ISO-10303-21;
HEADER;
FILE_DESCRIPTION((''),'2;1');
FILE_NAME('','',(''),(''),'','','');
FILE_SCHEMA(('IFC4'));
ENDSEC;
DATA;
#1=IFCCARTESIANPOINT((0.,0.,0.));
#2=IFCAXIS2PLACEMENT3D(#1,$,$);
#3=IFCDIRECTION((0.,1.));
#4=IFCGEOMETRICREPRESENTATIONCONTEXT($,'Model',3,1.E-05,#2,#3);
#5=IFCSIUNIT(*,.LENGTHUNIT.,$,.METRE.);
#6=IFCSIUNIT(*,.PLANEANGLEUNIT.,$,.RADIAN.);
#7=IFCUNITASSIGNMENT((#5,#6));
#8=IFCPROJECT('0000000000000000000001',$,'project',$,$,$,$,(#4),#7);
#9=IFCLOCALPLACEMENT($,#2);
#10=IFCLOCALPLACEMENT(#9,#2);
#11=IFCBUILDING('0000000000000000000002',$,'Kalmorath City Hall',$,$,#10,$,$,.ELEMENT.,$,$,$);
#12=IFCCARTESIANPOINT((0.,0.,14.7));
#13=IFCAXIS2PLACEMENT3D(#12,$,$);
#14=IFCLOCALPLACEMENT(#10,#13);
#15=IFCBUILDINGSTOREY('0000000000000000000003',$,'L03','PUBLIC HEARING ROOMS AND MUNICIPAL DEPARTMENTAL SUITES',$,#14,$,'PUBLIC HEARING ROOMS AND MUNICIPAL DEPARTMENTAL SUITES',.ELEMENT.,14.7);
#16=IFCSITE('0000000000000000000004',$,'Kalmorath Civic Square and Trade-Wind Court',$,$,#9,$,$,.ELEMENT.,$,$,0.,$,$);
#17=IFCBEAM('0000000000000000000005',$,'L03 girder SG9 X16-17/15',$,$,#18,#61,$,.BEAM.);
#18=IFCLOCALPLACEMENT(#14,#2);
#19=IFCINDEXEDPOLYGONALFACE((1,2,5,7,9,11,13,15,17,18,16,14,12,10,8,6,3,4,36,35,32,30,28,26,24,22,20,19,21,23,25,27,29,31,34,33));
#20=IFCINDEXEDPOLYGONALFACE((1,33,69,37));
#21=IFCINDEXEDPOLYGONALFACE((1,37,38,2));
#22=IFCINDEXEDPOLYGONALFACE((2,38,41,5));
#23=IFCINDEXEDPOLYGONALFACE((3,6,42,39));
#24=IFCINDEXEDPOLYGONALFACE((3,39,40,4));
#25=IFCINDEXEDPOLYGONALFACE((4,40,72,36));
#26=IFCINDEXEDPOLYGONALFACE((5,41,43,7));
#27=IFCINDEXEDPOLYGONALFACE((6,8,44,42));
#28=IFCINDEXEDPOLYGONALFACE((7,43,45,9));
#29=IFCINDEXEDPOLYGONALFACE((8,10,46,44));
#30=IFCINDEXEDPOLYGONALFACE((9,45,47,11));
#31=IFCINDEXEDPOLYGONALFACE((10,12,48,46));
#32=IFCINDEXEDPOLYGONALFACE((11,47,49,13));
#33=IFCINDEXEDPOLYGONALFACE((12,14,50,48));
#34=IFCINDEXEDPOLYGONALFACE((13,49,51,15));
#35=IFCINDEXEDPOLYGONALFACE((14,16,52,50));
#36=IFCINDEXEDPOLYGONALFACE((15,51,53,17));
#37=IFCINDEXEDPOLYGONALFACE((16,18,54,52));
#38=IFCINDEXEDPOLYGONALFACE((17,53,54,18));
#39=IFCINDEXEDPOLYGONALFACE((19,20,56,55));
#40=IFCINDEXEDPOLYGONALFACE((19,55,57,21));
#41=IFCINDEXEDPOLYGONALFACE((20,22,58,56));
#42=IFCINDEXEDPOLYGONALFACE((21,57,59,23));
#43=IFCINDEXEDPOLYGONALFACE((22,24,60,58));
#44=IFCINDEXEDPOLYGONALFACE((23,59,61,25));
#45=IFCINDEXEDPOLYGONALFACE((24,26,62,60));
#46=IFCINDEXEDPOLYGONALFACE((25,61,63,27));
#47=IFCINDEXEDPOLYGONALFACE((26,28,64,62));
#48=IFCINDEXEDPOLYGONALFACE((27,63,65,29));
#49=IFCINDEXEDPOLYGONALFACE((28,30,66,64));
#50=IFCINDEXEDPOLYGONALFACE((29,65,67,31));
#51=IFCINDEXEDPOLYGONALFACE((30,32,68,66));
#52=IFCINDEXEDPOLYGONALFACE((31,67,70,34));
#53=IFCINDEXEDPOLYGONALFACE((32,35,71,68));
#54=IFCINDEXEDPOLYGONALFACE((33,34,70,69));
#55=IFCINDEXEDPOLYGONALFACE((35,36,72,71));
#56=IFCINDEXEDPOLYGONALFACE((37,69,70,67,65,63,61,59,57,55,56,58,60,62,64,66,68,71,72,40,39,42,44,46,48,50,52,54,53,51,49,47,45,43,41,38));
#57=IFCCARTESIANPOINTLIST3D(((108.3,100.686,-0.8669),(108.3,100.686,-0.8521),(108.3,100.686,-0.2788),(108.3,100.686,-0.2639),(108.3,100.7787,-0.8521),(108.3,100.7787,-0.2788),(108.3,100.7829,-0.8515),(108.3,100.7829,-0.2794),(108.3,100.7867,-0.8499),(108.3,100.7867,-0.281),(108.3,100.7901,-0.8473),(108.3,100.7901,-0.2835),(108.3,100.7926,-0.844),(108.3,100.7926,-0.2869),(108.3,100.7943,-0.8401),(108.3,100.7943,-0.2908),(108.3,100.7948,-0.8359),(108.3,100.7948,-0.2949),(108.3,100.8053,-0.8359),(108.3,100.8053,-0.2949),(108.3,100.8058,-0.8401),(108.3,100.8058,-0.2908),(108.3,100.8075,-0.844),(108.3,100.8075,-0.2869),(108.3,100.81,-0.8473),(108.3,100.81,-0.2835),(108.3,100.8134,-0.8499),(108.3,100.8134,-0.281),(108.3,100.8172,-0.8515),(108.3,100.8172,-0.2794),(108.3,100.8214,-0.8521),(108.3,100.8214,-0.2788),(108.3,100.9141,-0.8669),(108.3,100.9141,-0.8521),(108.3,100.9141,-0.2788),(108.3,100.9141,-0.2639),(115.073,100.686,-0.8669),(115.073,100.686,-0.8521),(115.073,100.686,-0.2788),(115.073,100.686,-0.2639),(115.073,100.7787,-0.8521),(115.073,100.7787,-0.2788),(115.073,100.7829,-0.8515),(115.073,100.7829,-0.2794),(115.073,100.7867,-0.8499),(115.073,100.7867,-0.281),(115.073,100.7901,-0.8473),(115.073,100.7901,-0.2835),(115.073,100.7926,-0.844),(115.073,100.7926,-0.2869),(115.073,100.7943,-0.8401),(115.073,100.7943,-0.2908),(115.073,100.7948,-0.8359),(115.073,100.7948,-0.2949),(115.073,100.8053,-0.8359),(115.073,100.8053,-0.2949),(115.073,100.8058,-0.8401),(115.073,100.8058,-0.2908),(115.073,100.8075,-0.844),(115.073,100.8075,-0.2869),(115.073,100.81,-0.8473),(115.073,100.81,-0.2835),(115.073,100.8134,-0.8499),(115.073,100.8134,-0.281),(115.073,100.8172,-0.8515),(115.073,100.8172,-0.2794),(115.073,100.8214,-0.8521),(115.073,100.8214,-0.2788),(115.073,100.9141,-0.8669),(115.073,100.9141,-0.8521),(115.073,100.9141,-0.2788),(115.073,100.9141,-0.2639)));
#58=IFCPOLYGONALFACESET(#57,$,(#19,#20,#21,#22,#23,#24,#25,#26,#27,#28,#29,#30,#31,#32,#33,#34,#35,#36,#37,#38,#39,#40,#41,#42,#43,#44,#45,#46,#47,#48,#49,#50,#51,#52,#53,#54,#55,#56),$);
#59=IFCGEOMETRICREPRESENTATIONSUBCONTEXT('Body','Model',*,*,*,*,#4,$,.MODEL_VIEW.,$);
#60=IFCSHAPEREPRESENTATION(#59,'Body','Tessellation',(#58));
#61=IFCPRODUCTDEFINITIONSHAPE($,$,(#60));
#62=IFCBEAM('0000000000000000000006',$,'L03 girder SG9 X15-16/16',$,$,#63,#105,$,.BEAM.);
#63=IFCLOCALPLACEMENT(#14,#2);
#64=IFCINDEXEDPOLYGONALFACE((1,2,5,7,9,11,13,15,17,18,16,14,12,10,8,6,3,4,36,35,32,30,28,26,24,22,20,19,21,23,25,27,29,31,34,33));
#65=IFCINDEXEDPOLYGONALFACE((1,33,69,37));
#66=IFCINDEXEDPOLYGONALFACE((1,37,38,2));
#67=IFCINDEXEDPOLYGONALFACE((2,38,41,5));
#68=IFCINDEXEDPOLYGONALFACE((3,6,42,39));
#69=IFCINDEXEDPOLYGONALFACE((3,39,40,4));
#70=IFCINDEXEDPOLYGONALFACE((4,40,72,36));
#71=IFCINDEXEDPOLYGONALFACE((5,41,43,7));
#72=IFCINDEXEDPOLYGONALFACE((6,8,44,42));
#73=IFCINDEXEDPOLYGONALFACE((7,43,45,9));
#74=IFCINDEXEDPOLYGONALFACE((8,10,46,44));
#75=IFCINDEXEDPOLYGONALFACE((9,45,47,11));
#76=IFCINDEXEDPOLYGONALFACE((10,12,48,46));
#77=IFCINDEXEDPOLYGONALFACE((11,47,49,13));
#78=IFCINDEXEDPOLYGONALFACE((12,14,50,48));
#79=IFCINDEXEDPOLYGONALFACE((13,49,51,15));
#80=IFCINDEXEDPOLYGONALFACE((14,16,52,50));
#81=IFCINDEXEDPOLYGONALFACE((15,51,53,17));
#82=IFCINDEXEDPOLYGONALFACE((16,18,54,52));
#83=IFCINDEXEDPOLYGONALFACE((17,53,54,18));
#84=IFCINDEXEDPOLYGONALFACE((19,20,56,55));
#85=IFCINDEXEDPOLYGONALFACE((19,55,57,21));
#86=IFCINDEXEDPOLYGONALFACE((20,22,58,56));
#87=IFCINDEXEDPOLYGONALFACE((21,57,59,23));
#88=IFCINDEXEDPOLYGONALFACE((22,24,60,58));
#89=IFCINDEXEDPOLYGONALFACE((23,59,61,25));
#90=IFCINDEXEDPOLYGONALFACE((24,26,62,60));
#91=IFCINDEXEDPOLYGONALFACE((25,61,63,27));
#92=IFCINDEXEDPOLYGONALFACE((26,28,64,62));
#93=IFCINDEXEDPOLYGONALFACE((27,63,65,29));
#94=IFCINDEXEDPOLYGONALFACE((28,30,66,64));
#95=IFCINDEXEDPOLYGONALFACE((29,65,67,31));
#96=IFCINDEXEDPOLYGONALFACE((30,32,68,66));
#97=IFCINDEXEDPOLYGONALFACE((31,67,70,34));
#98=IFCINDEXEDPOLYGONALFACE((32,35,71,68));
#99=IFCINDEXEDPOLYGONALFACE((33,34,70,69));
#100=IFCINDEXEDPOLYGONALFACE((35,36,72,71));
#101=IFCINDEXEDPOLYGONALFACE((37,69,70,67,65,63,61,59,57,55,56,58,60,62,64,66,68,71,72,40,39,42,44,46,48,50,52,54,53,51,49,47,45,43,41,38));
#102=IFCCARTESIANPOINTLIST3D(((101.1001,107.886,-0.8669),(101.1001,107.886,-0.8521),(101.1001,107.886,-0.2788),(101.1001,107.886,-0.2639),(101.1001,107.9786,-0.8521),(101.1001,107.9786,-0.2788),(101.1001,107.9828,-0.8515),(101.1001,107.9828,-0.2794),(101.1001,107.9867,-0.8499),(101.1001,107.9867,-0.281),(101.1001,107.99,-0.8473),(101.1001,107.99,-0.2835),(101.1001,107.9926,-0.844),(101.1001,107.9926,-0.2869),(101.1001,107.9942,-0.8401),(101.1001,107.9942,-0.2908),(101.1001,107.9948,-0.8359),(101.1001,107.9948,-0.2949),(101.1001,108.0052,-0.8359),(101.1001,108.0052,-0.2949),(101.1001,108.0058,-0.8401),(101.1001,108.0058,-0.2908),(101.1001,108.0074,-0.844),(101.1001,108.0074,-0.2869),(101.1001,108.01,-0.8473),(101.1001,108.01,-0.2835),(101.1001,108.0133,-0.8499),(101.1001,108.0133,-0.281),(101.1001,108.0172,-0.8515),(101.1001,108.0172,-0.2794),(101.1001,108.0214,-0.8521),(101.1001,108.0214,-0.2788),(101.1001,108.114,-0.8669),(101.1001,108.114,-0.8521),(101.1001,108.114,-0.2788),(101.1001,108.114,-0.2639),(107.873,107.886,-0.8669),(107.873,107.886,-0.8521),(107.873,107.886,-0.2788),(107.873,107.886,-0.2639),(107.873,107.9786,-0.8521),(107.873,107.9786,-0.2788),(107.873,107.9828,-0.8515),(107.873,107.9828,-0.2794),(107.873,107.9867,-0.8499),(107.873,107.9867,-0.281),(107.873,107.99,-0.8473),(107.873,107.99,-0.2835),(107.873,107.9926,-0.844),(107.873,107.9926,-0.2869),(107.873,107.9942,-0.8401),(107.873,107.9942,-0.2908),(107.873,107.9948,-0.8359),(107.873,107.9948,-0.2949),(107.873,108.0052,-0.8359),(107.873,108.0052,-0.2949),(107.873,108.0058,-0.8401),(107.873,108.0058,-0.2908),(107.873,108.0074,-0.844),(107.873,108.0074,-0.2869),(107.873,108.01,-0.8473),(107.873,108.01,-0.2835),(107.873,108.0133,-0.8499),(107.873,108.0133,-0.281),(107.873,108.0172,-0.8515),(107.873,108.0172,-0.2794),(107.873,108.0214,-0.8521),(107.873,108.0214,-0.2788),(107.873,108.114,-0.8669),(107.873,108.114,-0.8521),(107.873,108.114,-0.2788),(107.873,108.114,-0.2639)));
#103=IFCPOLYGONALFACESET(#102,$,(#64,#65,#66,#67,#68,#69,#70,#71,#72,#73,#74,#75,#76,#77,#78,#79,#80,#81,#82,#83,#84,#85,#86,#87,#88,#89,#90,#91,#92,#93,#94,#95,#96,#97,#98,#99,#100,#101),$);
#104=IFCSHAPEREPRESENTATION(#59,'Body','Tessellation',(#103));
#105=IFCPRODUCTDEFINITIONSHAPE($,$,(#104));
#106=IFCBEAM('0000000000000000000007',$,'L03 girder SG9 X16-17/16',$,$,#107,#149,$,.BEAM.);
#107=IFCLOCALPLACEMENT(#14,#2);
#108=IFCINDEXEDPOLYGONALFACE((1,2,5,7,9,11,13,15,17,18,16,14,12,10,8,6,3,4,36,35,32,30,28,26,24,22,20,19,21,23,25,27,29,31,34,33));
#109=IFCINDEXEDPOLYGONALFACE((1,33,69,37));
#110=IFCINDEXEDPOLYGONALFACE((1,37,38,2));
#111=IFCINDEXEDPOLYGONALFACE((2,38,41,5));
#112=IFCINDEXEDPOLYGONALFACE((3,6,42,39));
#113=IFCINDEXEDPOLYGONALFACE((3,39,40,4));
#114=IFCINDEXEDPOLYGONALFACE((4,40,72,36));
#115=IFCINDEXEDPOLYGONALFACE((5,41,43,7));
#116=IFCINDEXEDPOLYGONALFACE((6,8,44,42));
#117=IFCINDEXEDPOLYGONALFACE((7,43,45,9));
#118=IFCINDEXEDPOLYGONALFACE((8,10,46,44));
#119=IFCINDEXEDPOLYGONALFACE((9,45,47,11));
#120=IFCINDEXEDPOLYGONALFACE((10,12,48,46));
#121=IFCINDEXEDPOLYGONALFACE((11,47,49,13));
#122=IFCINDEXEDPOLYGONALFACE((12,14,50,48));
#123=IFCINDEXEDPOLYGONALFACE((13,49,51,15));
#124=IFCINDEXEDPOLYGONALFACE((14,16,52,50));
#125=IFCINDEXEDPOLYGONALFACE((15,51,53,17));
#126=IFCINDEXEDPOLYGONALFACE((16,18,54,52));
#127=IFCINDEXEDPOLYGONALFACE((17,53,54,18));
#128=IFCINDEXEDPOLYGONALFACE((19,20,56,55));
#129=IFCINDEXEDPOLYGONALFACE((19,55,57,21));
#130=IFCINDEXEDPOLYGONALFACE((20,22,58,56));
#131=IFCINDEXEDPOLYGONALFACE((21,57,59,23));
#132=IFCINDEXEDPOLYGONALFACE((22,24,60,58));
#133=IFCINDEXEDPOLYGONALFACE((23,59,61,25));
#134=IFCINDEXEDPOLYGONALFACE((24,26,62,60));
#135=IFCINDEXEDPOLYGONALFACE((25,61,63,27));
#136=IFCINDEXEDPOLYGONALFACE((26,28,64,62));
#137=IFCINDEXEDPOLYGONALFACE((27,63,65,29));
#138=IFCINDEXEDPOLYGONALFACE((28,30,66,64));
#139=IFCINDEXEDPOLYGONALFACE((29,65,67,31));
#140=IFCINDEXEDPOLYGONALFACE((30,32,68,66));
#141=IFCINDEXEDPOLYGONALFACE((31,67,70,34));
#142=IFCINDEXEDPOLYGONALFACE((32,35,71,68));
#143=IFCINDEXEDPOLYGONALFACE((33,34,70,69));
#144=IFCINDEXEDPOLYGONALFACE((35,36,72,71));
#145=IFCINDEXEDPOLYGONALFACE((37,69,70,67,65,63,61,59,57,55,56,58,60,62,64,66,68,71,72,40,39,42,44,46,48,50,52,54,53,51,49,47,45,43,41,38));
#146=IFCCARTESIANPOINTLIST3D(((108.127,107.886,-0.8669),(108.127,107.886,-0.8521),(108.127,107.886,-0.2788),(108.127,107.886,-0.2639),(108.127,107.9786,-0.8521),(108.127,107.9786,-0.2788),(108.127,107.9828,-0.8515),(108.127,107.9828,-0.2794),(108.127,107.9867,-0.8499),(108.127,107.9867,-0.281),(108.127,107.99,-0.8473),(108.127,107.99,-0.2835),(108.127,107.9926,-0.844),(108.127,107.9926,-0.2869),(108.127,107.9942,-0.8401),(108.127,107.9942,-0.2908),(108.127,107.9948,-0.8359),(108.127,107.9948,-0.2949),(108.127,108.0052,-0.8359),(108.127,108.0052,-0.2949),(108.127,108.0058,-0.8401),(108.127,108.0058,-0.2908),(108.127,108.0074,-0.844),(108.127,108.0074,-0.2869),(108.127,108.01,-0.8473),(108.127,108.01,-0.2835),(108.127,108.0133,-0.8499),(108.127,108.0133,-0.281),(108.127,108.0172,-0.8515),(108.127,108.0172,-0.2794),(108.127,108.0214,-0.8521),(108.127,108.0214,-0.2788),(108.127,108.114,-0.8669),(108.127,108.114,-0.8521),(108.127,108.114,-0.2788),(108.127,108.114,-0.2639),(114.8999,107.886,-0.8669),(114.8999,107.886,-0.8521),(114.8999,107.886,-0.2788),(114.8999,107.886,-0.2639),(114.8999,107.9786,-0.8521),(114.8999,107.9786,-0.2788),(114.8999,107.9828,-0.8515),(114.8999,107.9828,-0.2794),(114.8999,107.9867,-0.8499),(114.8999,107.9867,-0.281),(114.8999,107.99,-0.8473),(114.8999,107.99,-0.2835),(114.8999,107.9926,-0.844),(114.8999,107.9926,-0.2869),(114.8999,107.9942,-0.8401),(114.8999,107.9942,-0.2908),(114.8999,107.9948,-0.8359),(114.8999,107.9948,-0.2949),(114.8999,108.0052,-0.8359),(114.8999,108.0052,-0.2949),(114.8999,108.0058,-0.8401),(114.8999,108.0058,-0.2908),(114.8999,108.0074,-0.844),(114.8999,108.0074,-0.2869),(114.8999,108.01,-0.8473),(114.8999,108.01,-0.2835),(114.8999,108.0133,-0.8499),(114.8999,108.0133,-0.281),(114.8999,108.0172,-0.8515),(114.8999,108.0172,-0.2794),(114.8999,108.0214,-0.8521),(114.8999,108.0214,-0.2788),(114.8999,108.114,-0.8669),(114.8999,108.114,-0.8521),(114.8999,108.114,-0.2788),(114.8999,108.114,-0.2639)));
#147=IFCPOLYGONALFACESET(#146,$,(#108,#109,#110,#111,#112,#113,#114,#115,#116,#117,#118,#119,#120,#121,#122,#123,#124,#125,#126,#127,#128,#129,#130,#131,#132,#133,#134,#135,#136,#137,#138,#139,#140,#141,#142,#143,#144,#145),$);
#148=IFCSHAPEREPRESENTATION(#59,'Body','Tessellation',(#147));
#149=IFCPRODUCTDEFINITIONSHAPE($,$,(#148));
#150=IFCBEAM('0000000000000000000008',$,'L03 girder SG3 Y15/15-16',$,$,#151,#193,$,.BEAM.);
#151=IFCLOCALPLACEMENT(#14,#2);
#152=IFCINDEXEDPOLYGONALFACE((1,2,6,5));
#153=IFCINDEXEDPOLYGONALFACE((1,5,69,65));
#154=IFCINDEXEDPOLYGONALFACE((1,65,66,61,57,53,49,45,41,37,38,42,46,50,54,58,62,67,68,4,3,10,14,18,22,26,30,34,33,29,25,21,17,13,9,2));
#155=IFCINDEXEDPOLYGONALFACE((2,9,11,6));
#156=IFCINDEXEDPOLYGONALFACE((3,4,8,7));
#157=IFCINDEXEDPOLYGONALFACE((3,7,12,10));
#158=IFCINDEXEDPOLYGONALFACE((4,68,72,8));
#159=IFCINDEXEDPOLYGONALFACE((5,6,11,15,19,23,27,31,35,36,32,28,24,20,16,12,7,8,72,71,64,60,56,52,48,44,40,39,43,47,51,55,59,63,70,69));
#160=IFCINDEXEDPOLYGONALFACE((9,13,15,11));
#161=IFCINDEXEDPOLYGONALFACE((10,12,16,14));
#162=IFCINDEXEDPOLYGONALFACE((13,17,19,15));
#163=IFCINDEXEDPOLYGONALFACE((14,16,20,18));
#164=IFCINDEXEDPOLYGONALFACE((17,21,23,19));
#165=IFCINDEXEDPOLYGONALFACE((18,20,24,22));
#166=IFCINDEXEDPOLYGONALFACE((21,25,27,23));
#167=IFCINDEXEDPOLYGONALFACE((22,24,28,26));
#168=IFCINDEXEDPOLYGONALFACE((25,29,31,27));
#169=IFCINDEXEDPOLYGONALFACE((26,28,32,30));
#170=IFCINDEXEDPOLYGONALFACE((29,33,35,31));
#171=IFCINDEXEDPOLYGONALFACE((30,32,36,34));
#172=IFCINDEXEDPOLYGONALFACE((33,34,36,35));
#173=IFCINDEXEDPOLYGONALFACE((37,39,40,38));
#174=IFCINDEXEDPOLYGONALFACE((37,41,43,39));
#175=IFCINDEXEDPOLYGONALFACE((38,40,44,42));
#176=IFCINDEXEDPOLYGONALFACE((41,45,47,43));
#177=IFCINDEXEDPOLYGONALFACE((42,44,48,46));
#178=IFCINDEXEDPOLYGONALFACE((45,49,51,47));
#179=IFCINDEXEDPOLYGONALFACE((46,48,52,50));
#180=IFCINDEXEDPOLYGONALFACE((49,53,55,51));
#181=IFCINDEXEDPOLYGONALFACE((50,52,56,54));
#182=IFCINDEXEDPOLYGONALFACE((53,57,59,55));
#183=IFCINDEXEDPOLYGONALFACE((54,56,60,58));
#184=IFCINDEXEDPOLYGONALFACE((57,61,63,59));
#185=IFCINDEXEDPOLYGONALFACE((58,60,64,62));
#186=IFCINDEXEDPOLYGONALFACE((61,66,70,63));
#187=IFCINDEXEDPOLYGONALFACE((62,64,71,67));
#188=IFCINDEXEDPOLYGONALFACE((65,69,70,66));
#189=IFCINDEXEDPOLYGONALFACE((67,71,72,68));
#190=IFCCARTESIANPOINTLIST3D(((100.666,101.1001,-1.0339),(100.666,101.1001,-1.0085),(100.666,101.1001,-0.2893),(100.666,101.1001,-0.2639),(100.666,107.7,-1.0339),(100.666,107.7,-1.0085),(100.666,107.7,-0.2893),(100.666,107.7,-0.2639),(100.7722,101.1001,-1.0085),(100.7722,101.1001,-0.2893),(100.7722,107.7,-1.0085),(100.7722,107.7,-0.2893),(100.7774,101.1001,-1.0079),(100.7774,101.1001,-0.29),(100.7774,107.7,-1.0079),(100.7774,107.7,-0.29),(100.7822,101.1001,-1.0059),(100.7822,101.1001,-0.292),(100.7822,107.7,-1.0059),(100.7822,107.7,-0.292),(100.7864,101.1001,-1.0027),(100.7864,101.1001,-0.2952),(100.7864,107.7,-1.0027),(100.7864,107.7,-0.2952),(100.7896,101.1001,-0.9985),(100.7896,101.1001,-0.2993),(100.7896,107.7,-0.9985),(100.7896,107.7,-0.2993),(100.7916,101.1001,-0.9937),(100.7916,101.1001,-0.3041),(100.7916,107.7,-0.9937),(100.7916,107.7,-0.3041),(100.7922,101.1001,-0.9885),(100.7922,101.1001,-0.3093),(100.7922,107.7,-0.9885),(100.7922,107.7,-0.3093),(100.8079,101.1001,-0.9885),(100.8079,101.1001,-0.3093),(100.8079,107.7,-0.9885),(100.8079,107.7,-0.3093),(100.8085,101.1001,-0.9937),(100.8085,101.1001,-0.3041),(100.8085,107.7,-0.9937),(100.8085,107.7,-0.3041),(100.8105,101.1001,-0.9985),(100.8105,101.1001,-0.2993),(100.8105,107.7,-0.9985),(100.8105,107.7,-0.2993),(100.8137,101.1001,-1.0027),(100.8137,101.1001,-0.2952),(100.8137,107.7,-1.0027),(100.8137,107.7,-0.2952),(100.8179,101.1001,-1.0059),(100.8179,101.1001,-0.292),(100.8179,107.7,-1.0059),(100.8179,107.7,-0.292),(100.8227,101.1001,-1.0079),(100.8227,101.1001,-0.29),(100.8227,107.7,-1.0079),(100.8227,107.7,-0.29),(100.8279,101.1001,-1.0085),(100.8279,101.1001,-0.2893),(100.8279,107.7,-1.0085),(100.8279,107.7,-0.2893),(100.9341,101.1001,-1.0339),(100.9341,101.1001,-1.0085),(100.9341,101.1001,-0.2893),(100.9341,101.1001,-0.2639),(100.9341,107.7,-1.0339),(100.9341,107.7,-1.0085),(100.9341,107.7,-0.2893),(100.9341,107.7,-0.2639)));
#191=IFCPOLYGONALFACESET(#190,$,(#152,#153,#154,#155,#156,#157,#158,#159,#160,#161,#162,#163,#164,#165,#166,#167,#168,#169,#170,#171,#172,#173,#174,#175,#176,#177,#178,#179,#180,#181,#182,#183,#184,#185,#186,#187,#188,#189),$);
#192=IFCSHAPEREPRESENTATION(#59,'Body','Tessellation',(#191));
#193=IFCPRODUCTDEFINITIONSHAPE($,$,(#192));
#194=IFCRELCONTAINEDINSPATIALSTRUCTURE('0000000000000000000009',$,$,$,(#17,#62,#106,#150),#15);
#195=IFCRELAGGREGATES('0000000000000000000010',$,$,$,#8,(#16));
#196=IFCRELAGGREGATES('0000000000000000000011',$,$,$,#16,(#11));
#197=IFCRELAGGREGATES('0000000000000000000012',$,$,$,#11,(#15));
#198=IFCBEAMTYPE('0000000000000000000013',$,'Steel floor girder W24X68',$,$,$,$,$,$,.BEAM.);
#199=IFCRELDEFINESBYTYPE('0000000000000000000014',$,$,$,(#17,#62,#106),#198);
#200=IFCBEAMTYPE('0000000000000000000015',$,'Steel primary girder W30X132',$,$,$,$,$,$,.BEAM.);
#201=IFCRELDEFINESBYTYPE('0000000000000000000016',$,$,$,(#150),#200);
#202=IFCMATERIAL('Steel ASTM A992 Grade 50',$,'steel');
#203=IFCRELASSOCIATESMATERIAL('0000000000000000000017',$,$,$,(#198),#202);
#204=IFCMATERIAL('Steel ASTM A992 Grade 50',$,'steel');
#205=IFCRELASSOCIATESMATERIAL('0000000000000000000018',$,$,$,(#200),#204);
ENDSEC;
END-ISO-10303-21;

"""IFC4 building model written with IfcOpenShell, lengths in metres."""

from ifc_helpers import new_model, si_unit, direction, frame, origin, origin_2d, place, context, subcontext, project, spatial, i_section, extrude, material, material_profile, profile_set, type_object, element, save


model = new_model("IFC4")

# Units and contexts
model_context = context("Model", 3, precision=1e-05, world=origin(), true_north=direction((0.0, 1.0)))
body_context = subcontext(model_context, "Body", "Model", "MODEL_VIEW")
ifc_project = project(units=[si_unit("LENGTHUNIT", "METRE"), si_unit("PLANEANGLEUNIT", "RADIAN")], contexts=[model_context])

# Site, building, storey
site_placement = place(None, origin())
site = spatial("IfcSite", under=ifc_project, at=site_placement, Name="Kalmorath Civic Square and Trade-Wind Court", CompositionType="ELEMENT", RefElevation=0.0)
building_placement = place(site_placement, origin())
building = spatial("IfcBuilding", under=site, at=building_placement, Name="Kalmorath City Hall", CompositionType="ELEMENT")
storey_placement = place(building_placement, frame((0.0, 0.0, 14.7)))
storey = spatial("IfcBuildingStorey", under=building, at=storey_placement, Name="L03", Description="PUBLIC HEARING ROOMS AND MUNICIPAL DEPARTMENTAL SUITES", LongName="PUBLIC HEARING ROOMS AND MUNICIPAL DEPARTMENTAL SUITES", CompositionType="ELEMENT", Elevation=14.7)

# Beams
ifc_material_1 = material(Name="Steel ASTM A992 Grade 50", Category="steel")
ifc_material_profile_1 = material_profile(ifc_material_1, i_section(OverallWidth=0.228, OverallDepth=0.603, WebThickness=0.0105, FlangeThickness=0.0149, FilletRadius=0.0161, at=origin_2d()), Name="W24X68")
ifc_profile_set_1 = profile_set([ifc_material_profile_1], Name="Steel ASTM A992 Grade 50")
beam_type_1 = type_object("IfcBeamType", Name="Steel floor girder W24X68", PredefinedType="BEAM", material=ifc_profile_set_1)
for number, where, z_axis, x_axis, name in (
    (1, (108.3, 100.8, -0.5654), (1.0, 0.0, 0.0), (0.0, 1.0, 0.0), "L03 girder SG9 X16-17/15"),
    (2, (101.1001, 108.0, -0.5654), (1.0, 0.0, 0.0), (0.0, 1.0, 0.0), "L03 girder SG9 X15-16/16"),
    (3, (108.127, 108.0, -0.5654), (1.0, 0.0, 0.0), (0.0, 1.0, 0.0), "L03 girder SG9 X16-17/16"),
):
    element("IfcBeam", number, at=place(storey_placement, frame(where, z_axis=z_axis, x_axis=x_axis)), inside=storey, type_object=beam_type_1, Name=name, PredefinedType="BEAM", context=body_context, shape_type="SweptSolid", body=[
        extrude(i_section(OverallWidth=0.228, OverallDepth=0.603, WebThickness=0.0105, FlangeThickness=0.0149, FilletRadius=0.0161, at=origin_2d()), origin(), (0.0, 0.0, 1.0), 6.7729),
    ])
ifc_material_2 = material(Name="Steel ASTM A992 Grade 50", Category="steel")
ifc_material_profile_2 = material_profile(ifc_material_2, i_section(OverallWidth=0.2681, OverallDepth=0.77, WebThickness=0.0156, FlangeThickness=0.0254, FilletRadius=0.02, at=origin_2d()), Name="W30X132")
ifc_profile_set_2 = profile_set([ifc_material_profile_2], Name="Steel ASTM A992 Grade 50")
beam_type_2 = type_object("IfcBeamType", Name="Steel primary girder W30X132", PredefinedType="BEAM", material=ifc_profile_set_2)
beam_1_placement = place(storey_placement, frame((100.8, 101.1001, -0.6489), z_axis=(0.0, 1.0, 0.0), x_axis=(-1.0, 0.0, 0.0)))
element("IfcBeam", 4, at=beam_1_placement, inside=storey, type_object=beam_type_2, Name="L03 girder SG3 Y15/15-16", PredefinedType="BEAM", context=body_context, shape_type="SweptSolid", body=[
    extrude(i_section(OverallWidth=0.2681, OverallDepth=0.77, WebThickness=0.0156, FlangeThickness=0.0254, FilletRadius=0.02, at=origin_2d()), origin(), (0.0, 0.0, 1.0), 6.5999),
])

save(model, "model.ifc")
